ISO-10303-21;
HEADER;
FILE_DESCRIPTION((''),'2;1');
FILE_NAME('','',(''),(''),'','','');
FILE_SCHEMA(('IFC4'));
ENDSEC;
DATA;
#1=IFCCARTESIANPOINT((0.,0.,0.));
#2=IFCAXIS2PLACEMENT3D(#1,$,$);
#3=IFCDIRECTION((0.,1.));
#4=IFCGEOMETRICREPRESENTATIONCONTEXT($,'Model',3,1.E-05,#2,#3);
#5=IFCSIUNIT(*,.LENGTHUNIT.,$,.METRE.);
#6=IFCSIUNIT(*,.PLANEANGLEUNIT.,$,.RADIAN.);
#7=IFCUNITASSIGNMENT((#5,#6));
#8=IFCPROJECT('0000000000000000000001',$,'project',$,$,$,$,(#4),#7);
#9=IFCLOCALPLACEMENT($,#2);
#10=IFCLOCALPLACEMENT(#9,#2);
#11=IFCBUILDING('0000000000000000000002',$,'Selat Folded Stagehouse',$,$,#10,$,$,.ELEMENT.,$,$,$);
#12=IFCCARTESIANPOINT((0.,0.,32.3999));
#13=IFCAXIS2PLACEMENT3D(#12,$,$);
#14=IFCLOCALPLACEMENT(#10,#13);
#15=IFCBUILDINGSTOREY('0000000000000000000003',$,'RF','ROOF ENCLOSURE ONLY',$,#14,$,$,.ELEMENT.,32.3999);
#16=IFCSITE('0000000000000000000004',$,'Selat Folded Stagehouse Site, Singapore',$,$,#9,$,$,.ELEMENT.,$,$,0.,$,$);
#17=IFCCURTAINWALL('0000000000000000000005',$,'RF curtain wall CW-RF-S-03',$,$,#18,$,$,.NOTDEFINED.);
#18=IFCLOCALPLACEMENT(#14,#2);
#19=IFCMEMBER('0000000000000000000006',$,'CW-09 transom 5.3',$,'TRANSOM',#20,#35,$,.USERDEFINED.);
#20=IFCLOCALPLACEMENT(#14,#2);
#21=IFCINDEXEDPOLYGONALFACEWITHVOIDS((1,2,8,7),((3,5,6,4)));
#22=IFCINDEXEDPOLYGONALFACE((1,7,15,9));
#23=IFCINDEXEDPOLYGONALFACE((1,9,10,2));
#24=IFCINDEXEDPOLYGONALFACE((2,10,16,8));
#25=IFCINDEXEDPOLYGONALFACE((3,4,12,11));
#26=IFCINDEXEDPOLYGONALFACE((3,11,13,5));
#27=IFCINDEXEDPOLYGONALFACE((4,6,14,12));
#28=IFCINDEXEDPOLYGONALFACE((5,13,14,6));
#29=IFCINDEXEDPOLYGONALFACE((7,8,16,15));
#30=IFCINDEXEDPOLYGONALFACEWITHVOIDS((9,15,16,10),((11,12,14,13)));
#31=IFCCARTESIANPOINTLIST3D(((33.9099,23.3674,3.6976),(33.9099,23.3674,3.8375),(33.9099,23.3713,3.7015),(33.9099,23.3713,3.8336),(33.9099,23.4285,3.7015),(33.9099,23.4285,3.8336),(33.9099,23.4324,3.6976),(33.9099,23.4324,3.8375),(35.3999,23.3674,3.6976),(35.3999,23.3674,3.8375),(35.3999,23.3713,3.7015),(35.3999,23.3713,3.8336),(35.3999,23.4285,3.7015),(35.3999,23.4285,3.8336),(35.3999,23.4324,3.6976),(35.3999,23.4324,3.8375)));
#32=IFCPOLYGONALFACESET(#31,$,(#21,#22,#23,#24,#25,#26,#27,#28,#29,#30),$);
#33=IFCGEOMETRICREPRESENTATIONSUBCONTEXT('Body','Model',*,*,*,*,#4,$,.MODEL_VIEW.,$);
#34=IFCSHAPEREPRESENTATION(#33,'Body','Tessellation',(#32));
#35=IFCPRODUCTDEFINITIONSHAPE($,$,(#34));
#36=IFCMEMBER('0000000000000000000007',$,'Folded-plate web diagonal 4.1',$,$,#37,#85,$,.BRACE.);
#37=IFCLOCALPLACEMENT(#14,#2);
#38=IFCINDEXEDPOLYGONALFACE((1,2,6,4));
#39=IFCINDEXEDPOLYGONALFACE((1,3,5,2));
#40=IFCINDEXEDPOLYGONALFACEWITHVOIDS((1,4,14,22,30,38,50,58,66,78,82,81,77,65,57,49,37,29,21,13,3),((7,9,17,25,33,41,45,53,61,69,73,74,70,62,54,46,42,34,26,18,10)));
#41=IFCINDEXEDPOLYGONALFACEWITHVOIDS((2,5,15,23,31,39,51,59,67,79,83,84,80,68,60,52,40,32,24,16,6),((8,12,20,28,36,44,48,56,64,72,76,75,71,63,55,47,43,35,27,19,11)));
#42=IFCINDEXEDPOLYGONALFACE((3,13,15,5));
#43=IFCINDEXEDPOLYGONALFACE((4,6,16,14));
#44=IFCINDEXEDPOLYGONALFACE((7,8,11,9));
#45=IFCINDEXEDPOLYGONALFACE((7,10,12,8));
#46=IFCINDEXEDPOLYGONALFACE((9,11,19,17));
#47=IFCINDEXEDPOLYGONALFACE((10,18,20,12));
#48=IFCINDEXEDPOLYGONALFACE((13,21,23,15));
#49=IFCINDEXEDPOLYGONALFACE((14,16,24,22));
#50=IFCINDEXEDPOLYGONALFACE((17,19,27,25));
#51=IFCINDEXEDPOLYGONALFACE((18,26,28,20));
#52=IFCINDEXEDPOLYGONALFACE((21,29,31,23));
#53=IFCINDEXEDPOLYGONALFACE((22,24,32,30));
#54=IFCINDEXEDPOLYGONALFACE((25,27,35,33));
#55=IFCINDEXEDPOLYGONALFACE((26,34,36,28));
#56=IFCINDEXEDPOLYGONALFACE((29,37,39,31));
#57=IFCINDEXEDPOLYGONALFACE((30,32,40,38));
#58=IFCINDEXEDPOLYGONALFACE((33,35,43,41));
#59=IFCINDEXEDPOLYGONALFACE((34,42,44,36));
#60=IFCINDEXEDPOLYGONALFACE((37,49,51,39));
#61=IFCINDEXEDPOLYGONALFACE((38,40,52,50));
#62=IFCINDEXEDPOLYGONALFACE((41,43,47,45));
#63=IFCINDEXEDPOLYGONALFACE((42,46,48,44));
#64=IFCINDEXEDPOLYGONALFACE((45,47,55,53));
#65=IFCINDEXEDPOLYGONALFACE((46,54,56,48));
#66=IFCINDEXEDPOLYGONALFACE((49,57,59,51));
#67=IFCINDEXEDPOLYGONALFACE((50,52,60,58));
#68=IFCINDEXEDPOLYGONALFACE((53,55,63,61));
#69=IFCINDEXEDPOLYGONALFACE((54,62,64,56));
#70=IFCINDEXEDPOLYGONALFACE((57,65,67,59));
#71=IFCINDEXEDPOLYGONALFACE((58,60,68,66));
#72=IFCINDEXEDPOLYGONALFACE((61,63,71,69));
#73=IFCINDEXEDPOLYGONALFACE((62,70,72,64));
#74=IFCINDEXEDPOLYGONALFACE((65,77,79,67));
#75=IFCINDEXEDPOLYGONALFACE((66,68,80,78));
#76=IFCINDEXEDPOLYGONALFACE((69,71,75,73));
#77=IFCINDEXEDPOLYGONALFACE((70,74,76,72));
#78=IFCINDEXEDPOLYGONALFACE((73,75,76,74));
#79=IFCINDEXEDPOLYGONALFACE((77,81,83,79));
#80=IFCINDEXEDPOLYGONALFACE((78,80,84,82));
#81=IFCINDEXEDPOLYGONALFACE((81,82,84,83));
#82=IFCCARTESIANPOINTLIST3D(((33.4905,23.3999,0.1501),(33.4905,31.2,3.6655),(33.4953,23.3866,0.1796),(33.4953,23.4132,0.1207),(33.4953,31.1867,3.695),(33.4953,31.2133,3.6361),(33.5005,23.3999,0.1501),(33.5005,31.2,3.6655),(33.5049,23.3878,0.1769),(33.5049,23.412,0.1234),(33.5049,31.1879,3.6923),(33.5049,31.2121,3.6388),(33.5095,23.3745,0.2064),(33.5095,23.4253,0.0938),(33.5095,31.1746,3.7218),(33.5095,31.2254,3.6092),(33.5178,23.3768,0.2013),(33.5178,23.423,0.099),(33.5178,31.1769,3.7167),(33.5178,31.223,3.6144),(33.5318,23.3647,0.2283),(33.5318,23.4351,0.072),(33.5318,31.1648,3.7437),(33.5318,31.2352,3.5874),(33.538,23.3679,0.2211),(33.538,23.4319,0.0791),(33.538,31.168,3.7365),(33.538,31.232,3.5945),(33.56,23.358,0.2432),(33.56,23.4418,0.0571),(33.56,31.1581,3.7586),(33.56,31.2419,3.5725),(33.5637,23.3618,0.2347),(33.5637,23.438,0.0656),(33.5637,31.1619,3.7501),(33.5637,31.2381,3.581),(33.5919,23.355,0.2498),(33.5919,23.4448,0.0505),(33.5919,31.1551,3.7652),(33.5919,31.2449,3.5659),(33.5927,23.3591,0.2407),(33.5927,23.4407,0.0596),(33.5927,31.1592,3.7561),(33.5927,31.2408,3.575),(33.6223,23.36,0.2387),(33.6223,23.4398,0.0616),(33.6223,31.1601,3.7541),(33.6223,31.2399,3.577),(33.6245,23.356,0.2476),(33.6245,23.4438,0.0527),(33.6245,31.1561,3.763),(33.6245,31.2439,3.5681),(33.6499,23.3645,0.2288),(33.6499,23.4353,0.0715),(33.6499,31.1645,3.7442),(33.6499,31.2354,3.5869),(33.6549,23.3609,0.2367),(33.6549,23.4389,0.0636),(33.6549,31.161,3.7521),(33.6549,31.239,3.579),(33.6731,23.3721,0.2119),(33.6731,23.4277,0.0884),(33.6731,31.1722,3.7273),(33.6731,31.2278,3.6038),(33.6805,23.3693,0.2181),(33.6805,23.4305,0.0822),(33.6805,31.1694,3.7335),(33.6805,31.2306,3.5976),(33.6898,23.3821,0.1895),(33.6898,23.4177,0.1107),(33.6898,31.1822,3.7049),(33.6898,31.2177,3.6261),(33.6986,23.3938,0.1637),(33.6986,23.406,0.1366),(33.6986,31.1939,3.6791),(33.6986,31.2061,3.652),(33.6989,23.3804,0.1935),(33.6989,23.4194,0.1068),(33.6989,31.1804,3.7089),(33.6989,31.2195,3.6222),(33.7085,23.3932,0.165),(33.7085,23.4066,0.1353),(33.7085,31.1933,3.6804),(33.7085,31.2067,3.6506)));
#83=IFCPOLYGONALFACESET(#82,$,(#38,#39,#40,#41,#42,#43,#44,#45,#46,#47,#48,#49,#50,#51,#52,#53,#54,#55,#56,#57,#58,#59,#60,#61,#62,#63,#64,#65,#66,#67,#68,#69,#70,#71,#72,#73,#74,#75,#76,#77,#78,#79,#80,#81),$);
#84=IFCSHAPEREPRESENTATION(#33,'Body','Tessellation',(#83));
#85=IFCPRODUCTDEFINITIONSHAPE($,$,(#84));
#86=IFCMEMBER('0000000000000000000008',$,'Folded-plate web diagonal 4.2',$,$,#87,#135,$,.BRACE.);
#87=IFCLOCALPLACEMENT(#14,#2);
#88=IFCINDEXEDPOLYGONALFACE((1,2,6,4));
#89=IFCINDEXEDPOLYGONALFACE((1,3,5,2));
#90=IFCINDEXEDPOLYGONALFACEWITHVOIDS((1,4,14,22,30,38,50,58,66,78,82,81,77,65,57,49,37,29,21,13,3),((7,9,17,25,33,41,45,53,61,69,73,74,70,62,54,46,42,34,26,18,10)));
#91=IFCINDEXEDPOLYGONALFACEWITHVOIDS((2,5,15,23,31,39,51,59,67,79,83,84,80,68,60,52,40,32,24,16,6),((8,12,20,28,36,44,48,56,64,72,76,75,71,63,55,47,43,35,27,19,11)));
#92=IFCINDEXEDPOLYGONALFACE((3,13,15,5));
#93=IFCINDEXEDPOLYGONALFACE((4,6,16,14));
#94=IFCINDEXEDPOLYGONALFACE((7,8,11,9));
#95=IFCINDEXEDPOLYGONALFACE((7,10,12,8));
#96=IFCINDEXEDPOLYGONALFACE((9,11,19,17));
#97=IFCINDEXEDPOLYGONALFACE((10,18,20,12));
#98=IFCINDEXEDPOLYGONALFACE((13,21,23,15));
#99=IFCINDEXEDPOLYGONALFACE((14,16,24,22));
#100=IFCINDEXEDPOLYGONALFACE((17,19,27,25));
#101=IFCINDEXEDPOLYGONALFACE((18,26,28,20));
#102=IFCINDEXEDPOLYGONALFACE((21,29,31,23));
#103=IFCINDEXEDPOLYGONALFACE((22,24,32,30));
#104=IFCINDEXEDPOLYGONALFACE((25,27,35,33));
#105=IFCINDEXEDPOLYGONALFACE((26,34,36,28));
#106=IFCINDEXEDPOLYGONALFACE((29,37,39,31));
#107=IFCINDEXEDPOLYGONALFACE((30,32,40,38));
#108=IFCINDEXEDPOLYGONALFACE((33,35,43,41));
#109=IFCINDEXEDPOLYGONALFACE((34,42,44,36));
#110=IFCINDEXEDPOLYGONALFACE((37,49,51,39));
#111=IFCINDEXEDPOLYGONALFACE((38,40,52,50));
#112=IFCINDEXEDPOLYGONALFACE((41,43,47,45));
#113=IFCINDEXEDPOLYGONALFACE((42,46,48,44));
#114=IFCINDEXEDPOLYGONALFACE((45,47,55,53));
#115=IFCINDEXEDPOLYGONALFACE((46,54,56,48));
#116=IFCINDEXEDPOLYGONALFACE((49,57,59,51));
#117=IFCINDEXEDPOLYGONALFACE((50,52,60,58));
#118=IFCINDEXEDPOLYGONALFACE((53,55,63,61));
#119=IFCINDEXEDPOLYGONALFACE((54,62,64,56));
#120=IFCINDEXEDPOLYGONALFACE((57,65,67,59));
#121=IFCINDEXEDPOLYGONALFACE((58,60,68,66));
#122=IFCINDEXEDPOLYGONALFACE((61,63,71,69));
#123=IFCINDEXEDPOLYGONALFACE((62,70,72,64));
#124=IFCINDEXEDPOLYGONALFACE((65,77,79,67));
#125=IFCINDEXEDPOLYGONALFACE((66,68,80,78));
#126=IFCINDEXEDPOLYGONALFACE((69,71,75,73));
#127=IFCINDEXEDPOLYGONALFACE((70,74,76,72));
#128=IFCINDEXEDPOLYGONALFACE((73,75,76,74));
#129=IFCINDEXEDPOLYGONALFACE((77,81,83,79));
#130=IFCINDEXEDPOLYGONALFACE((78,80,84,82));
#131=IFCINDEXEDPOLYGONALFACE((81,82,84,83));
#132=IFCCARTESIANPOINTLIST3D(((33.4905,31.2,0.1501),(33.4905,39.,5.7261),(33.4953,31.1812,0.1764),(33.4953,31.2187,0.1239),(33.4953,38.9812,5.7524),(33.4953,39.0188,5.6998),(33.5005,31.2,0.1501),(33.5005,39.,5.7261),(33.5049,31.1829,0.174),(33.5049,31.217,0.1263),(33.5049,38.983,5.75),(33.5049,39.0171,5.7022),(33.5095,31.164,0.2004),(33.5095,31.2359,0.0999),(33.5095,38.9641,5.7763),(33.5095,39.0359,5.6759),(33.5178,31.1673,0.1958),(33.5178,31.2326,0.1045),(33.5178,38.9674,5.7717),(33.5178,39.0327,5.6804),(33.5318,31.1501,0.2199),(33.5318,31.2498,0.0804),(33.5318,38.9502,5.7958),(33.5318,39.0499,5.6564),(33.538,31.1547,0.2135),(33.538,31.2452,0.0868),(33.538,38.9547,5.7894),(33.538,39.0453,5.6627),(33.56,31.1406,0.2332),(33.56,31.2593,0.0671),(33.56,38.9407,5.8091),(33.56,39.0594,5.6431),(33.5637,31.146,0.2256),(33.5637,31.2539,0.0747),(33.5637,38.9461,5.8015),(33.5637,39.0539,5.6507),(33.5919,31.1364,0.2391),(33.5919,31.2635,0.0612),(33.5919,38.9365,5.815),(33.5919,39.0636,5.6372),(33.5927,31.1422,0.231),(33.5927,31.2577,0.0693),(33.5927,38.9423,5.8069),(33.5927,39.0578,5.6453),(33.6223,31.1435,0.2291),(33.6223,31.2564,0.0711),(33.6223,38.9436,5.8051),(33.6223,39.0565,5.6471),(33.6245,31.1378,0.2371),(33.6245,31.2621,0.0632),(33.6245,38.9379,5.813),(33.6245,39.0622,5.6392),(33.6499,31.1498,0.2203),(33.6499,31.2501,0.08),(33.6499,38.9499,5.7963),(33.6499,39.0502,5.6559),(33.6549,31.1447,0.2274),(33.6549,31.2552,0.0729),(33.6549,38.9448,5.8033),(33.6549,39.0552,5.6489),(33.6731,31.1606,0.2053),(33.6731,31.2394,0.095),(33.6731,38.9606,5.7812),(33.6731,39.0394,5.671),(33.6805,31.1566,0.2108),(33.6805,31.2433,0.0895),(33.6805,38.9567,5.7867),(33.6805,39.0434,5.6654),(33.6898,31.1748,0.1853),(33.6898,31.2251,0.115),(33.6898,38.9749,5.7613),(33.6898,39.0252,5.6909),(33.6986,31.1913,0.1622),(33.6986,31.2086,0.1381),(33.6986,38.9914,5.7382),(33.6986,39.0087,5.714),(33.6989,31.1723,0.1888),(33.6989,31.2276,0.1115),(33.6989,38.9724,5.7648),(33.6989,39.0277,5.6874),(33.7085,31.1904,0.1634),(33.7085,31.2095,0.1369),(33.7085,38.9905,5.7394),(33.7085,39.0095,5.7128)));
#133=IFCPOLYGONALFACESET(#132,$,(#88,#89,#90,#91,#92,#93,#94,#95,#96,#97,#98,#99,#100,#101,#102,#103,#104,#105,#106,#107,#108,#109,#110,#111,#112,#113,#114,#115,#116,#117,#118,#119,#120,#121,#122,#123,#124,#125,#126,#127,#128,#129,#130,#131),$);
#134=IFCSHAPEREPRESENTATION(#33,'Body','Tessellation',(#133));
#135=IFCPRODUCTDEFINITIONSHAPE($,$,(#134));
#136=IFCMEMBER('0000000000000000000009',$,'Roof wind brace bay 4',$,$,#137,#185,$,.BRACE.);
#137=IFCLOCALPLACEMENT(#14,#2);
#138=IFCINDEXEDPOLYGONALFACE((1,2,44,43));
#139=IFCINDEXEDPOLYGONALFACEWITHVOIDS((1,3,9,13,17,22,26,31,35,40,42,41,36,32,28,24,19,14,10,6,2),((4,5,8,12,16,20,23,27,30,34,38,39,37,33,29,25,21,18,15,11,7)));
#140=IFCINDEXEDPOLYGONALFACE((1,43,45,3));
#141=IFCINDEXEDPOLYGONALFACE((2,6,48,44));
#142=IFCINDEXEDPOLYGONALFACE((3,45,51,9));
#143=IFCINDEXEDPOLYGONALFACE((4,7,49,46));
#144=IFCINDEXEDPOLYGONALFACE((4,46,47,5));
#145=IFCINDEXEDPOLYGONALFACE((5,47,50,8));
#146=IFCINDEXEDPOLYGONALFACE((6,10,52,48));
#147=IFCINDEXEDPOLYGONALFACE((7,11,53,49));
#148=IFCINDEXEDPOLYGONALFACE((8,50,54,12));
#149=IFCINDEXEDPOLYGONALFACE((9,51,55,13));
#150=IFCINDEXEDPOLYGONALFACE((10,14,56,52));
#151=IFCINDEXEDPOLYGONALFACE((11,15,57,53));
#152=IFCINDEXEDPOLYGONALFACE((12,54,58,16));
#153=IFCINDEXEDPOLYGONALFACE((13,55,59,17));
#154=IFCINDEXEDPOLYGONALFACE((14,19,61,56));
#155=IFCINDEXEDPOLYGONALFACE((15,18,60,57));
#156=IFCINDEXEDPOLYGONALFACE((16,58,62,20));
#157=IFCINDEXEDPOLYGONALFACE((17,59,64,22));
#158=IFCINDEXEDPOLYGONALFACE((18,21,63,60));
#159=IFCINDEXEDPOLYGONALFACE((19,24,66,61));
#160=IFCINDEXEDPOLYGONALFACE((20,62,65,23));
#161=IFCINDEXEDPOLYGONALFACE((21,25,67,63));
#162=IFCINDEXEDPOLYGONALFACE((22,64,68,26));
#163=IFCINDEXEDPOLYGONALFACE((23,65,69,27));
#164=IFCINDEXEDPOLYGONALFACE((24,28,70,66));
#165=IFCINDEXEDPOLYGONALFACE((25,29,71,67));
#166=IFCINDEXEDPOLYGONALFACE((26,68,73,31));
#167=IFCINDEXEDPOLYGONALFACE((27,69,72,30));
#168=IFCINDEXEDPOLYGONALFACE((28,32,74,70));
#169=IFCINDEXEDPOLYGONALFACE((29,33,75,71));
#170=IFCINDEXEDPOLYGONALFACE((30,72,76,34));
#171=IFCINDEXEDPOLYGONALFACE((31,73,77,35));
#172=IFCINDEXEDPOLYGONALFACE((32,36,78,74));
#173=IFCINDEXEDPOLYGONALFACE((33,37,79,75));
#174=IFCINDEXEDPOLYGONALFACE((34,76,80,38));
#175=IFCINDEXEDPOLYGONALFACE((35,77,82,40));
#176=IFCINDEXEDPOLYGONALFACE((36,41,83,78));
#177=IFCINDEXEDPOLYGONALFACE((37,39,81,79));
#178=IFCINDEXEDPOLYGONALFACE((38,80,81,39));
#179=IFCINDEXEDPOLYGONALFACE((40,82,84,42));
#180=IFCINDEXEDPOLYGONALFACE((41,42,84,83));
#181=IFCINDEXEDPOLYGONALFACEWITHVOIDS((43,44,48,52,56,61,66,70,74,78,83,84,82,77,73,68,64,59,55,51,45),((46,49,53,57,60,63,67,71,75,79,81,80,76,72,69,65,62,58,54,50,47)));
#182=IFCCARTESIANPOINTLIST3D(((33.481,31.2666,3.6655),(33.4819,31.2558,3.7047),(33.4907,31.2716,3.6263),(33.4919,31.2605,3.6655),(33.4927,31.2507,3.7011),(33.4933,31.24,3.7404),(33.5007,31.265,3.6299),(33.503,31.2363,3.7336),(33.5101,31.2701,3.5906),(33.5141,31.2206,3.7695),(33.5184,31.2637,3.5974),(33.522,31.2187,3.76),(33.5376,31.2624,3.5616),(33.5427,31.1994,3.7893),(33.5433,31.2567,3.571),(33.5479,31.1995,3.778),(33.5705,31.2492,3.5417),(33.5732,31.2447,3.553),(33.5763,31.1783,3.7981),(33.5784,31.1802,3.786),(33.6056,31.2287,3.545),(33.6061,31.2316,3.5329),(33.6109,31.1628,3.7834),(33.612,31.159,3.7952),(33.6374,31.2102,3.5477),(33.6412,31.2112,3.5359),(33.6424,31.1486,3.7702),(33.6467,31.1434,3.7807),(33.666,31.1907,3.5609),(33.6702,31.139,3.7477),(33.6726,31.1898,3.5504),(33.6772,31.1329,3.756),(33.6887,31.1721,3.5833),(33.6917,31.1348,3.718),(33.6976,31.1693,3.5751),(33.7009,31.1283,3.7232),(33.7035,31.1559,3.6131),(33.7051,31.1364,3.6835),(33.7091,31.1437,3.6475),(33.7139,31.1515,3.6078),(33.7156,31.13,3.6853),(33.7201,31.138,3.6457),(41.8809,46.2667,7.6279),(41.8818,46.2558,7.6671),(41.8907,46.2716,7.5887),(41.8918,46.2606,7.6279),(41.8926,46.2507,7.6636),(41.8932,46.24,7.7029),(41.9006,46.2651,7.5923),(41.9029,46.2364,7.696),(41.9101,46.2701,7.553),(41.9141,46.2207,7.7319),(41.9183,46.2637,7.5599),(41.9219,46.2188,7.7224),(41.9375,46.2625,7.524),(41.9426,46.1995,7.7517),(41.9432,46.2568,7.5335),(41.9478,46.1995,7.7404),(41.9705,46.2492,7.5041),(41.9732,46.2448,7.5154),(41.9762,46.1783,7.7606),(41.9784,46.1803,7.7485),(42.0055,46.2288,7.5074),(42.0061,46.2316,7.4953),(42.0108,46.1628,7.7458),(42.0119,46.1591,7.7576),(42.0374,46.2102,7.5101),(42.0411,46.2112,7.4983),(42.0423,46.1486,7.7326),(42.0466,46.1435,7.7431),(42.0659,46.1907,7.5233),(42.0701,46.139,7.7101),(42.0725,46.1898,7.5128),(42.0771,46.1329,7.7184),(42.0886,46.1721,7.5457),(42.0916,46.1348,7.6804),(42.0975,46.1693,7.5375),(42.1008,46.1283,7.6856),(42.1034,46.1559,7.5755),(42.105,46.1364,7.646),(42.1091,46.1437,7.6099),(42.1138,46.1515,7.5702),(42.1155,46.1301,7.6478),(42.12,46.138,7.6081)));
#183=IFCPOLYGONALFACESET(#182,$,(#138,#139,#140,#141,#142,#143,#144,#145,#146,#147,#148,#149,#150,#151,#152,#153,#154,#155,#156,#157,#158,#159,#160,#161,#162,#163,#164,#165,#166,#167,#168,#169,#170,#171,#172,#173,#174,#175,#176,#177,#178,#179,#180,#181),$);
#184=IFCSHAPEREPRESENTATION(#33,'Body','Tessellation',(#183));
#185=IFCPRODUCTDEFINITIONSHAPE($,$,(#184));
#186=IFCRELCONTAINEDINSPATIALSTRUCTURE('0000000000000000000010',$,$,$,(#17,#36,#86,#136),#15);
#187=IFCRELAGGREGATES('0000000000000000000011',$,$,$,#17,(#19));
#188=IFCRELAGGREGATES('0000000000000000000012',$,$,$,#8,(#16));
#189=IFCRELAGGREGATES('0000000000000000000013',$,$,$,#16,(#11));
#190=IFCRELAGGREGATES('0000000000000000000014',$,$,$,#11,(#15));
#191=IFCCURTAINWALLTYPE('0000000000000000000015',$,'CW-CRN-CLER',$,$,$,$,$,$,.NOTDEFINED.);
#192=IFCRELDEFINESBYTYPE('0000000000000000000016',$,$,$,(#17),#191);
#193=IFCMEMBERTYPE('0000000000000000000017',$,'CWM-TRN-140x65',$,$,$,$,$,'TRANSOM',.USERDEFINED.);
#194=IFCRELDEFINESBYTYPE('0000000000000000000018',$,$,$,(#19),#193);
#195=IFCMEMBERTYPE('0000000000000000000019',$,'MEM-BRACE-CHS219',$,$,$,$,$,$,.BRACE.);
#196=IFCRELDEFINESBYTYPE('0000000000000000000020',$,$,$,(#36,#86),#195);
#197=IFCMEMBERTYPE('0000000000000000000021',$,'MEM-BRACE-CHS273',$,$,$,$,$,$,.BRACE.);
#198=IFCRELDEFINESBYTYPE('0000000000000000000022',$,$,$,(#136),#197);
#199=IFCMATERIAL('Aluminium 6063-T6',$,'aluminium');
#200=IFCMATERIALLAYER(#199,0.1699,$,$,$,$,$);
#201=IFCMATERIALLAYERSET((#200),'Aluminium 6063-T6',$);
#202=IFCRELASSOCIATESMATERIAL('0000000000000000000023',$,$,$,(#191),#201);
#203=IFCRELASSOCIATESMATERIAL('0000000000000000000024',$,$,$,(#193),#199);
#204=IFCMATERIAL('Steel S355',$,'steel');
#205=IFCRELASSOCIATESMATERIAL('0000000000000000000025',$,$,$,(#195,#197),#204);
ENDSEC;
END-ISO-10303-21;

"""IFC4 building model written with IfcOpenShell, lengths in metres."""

from ifc_helpers import new_model, si_unit, direction, frame, origin, origin_2d, place, context, subcontext, project, spatial, hollow_rectangle, hollow_circle, extrude, material, layer, layer_set, material_profile, profile_set, type_object, element, aggregate, save


model = new_model("IFC4")

# Units and contexts
model_context = context("Model", 3, precision=1e-05, world=origin(), true_north=direction((0.0, 1.0)))
body_context = subcontext(model_context, "Body", "Model", "MODEL_VIEW")
ifc_project = project(units=[si_unit("LENGTHUNIT", "METRE"), si_unit("PLANEANGLEUNIT", "RADIAN")], contexts=[model_context])

# Site, building, storey
site_placement = place(None, origin())
site = spatial("IfcSite", under=ifc_project, at=site_placement, Name="Selat Folded Stagehouse Site, Singapore", CompositionType="ELEMENT", RefElevation=0.0)
building_placement = place(site_placement, origin())
building = spatial("IfcBuilding", under=site, at=building_placement, Name="Selat Folded Stagehouse", CompositionType="ELEMENT")
storey_placement = place(building_placement, frame((0.0, 0.0, 32.3999)))
storey = spatial("IfcBuildingStorey", under=building, at=storey_placement, Name="RF", Description="ROOF ENCLOSURE ONLY", CompositionType="ELEMENT", Elevation=32.3999)

# Shared definitions
ifc_material_1 = material(Name="Steel S355", Category="steel")

# Shared definitions
ifc_material_2 = material(Name="Aluminium 6063-T6", Category="aluminium")
ifc_layer_1 = layer(ifc_material_2, 0.1699)
ifc_layer_set_1 = layer_set([ifc_layer_1], Name="Aluminium 6063-T6")
curtain_wall_type = type_object("IfcCurtainWallType", Name="CW-CRN-CLER", PredefinedType="NOTDEFINED", material=ifc_layer_set_1)

# Curtain wall
curtain_wall_1_placement = place(storey_placement, origin())
curtain_wall_1 = element("IfcCurtainWall", 1, at=curtain_wall_1_placement, inside=storey, type_object=curtain_wall_type, Name="RF curtain wall CW-RF-S-03", PredefinedType="NOTDEFINED")

# Member
ifc_material_profile_1 = material_profile(ifc_material_2, hollow_rectangle(XDim=0.0649, YDim=0.1399, WallThickness=0.0039, at=origin_2d()), Name="ALU 140x65x4.0")
ifc_profile_set_1 = profile_set([ifc_material_profile_1], Name="Aluminium 6063-T6")
member_type_1 = type_object("IfcMemberType", Name="CWM-TRN-140x65", ElementType="TRANSOM", PredefinedType="USERDEFINED", material=ifc_profile_set_1)
member_1_placement = place(storey_placement, frame((35.3999, 23.3999, 3.7676), z_axis=(-1.0, 0.0, 0.0), x_axis=(0.0, -1.0, 0.0)))
member_1 = element("IfcMember", 2, at=member_1_placement, type_object=member_type_1, Name="CW-09 transom 5.3", ObjectType="TRANSOM", PredefinedType="USERDEFINED", context=body_context, shape_type="SweptSolid", body=[
    extrude(hollow_rectangle(XDim=0.0649, YDim=0.1399, WallThickness=0.0039, at=origin_2d()), origin(), (0.0, 0.0, 1.0), 1.49),
])

# Members
ifc_material_profile_2 = material_profile(ifc_material_1, hollow_circle(Radius=0.1096, WallThickness=0.01, at=origin_2d()), Name="CHS 219.1x10.0")
ifc_profile_set_2 = profile_set([ifc_material_profile_2], Name="Steel S355")
member_type_2 = type_object("IfcMemberType", Name="MEM-BRACE-CHS219", PredefinedType="BRACE", material=ifc_profile_set_2)
member_2_placement = place(storey_placement, frame((33.6001, 23.3999, 0.1501), z_axis=(0.0, 0.911687, 0.410885), x_axis=(-1.0, 0.0, 0.0)))
element("IfcMember", 3, at=member_2_placement, inside=storey, type_object=member_type_2, Name="Folded-plate web diagonal 4.1", PredefinedType="BRACE", context=body_context, shape_type="SweptSolid", body=[
    extrude(hollow_circle(Radius=0.1096, WallThickness=0.01, at=origin_2d()), origin(), (0.0, 0.0, 1.0), 8.5557),
])
member_3_placement = place(storey_placement, frame((33.6001, 31.2, 0.1501), z_axis=(0.0, 0.813513, 0.581546), x_axis=(-1.0, 0.0, 0.0)))
element("IfcMember", 4, at=member_3_placement, inside=storey, type_object=member_type_2, Name="Folded-plate web diagonal 4.2", PredefinedType="BRACE", context=body_context, shape_type="SweptSolid", body=[
    extrude(hollow_circle(Radius=0.1096, WallThickness=0.01, at=origin_2d()), origin(), (0.0, 0.0, 1.0), 9.5881),
])
ifc_material_profile_3 = material_profile(ifc_material_1, hollow_circle(Radius=0.1365, WallThickness=0.0125, at=origin_2d()), Name="CHS 273.0x12.5")
ifc_profile_set_3 = profile_set([ifc_material_profile_3], Name="Steel S355")
member_type_3 = type_object("IfcMemberType", Name="MEM-BRACE-CHS273", PredefinedType="BRACE", material=ifc_profile_set_3)
member_4_placement = place(storey_placement, frame((33.6001, 31.2, 3.6655), z_axis=(0.476117, 0.850218, 0.224594), x_axis=(-0.872508, 0.488599, 0.0)))
element("IfcMember", 5, at=member_4_placement, inside=storey, type_object=member_type_3, Name="Roof wind brace bay 4", PredefinedType="BRACE", context=body_context, shape_type="SweptSolid", body=[
    extrude(hollow_circle(Radius=0.1365, WallThickness=0.0125, at=origin_2d()), origin(), (0.0, 0.0, 1.0), 17.6426),
])

aggregate(curtain_wall_1, [member_1])

save(model, "model.ifc")
